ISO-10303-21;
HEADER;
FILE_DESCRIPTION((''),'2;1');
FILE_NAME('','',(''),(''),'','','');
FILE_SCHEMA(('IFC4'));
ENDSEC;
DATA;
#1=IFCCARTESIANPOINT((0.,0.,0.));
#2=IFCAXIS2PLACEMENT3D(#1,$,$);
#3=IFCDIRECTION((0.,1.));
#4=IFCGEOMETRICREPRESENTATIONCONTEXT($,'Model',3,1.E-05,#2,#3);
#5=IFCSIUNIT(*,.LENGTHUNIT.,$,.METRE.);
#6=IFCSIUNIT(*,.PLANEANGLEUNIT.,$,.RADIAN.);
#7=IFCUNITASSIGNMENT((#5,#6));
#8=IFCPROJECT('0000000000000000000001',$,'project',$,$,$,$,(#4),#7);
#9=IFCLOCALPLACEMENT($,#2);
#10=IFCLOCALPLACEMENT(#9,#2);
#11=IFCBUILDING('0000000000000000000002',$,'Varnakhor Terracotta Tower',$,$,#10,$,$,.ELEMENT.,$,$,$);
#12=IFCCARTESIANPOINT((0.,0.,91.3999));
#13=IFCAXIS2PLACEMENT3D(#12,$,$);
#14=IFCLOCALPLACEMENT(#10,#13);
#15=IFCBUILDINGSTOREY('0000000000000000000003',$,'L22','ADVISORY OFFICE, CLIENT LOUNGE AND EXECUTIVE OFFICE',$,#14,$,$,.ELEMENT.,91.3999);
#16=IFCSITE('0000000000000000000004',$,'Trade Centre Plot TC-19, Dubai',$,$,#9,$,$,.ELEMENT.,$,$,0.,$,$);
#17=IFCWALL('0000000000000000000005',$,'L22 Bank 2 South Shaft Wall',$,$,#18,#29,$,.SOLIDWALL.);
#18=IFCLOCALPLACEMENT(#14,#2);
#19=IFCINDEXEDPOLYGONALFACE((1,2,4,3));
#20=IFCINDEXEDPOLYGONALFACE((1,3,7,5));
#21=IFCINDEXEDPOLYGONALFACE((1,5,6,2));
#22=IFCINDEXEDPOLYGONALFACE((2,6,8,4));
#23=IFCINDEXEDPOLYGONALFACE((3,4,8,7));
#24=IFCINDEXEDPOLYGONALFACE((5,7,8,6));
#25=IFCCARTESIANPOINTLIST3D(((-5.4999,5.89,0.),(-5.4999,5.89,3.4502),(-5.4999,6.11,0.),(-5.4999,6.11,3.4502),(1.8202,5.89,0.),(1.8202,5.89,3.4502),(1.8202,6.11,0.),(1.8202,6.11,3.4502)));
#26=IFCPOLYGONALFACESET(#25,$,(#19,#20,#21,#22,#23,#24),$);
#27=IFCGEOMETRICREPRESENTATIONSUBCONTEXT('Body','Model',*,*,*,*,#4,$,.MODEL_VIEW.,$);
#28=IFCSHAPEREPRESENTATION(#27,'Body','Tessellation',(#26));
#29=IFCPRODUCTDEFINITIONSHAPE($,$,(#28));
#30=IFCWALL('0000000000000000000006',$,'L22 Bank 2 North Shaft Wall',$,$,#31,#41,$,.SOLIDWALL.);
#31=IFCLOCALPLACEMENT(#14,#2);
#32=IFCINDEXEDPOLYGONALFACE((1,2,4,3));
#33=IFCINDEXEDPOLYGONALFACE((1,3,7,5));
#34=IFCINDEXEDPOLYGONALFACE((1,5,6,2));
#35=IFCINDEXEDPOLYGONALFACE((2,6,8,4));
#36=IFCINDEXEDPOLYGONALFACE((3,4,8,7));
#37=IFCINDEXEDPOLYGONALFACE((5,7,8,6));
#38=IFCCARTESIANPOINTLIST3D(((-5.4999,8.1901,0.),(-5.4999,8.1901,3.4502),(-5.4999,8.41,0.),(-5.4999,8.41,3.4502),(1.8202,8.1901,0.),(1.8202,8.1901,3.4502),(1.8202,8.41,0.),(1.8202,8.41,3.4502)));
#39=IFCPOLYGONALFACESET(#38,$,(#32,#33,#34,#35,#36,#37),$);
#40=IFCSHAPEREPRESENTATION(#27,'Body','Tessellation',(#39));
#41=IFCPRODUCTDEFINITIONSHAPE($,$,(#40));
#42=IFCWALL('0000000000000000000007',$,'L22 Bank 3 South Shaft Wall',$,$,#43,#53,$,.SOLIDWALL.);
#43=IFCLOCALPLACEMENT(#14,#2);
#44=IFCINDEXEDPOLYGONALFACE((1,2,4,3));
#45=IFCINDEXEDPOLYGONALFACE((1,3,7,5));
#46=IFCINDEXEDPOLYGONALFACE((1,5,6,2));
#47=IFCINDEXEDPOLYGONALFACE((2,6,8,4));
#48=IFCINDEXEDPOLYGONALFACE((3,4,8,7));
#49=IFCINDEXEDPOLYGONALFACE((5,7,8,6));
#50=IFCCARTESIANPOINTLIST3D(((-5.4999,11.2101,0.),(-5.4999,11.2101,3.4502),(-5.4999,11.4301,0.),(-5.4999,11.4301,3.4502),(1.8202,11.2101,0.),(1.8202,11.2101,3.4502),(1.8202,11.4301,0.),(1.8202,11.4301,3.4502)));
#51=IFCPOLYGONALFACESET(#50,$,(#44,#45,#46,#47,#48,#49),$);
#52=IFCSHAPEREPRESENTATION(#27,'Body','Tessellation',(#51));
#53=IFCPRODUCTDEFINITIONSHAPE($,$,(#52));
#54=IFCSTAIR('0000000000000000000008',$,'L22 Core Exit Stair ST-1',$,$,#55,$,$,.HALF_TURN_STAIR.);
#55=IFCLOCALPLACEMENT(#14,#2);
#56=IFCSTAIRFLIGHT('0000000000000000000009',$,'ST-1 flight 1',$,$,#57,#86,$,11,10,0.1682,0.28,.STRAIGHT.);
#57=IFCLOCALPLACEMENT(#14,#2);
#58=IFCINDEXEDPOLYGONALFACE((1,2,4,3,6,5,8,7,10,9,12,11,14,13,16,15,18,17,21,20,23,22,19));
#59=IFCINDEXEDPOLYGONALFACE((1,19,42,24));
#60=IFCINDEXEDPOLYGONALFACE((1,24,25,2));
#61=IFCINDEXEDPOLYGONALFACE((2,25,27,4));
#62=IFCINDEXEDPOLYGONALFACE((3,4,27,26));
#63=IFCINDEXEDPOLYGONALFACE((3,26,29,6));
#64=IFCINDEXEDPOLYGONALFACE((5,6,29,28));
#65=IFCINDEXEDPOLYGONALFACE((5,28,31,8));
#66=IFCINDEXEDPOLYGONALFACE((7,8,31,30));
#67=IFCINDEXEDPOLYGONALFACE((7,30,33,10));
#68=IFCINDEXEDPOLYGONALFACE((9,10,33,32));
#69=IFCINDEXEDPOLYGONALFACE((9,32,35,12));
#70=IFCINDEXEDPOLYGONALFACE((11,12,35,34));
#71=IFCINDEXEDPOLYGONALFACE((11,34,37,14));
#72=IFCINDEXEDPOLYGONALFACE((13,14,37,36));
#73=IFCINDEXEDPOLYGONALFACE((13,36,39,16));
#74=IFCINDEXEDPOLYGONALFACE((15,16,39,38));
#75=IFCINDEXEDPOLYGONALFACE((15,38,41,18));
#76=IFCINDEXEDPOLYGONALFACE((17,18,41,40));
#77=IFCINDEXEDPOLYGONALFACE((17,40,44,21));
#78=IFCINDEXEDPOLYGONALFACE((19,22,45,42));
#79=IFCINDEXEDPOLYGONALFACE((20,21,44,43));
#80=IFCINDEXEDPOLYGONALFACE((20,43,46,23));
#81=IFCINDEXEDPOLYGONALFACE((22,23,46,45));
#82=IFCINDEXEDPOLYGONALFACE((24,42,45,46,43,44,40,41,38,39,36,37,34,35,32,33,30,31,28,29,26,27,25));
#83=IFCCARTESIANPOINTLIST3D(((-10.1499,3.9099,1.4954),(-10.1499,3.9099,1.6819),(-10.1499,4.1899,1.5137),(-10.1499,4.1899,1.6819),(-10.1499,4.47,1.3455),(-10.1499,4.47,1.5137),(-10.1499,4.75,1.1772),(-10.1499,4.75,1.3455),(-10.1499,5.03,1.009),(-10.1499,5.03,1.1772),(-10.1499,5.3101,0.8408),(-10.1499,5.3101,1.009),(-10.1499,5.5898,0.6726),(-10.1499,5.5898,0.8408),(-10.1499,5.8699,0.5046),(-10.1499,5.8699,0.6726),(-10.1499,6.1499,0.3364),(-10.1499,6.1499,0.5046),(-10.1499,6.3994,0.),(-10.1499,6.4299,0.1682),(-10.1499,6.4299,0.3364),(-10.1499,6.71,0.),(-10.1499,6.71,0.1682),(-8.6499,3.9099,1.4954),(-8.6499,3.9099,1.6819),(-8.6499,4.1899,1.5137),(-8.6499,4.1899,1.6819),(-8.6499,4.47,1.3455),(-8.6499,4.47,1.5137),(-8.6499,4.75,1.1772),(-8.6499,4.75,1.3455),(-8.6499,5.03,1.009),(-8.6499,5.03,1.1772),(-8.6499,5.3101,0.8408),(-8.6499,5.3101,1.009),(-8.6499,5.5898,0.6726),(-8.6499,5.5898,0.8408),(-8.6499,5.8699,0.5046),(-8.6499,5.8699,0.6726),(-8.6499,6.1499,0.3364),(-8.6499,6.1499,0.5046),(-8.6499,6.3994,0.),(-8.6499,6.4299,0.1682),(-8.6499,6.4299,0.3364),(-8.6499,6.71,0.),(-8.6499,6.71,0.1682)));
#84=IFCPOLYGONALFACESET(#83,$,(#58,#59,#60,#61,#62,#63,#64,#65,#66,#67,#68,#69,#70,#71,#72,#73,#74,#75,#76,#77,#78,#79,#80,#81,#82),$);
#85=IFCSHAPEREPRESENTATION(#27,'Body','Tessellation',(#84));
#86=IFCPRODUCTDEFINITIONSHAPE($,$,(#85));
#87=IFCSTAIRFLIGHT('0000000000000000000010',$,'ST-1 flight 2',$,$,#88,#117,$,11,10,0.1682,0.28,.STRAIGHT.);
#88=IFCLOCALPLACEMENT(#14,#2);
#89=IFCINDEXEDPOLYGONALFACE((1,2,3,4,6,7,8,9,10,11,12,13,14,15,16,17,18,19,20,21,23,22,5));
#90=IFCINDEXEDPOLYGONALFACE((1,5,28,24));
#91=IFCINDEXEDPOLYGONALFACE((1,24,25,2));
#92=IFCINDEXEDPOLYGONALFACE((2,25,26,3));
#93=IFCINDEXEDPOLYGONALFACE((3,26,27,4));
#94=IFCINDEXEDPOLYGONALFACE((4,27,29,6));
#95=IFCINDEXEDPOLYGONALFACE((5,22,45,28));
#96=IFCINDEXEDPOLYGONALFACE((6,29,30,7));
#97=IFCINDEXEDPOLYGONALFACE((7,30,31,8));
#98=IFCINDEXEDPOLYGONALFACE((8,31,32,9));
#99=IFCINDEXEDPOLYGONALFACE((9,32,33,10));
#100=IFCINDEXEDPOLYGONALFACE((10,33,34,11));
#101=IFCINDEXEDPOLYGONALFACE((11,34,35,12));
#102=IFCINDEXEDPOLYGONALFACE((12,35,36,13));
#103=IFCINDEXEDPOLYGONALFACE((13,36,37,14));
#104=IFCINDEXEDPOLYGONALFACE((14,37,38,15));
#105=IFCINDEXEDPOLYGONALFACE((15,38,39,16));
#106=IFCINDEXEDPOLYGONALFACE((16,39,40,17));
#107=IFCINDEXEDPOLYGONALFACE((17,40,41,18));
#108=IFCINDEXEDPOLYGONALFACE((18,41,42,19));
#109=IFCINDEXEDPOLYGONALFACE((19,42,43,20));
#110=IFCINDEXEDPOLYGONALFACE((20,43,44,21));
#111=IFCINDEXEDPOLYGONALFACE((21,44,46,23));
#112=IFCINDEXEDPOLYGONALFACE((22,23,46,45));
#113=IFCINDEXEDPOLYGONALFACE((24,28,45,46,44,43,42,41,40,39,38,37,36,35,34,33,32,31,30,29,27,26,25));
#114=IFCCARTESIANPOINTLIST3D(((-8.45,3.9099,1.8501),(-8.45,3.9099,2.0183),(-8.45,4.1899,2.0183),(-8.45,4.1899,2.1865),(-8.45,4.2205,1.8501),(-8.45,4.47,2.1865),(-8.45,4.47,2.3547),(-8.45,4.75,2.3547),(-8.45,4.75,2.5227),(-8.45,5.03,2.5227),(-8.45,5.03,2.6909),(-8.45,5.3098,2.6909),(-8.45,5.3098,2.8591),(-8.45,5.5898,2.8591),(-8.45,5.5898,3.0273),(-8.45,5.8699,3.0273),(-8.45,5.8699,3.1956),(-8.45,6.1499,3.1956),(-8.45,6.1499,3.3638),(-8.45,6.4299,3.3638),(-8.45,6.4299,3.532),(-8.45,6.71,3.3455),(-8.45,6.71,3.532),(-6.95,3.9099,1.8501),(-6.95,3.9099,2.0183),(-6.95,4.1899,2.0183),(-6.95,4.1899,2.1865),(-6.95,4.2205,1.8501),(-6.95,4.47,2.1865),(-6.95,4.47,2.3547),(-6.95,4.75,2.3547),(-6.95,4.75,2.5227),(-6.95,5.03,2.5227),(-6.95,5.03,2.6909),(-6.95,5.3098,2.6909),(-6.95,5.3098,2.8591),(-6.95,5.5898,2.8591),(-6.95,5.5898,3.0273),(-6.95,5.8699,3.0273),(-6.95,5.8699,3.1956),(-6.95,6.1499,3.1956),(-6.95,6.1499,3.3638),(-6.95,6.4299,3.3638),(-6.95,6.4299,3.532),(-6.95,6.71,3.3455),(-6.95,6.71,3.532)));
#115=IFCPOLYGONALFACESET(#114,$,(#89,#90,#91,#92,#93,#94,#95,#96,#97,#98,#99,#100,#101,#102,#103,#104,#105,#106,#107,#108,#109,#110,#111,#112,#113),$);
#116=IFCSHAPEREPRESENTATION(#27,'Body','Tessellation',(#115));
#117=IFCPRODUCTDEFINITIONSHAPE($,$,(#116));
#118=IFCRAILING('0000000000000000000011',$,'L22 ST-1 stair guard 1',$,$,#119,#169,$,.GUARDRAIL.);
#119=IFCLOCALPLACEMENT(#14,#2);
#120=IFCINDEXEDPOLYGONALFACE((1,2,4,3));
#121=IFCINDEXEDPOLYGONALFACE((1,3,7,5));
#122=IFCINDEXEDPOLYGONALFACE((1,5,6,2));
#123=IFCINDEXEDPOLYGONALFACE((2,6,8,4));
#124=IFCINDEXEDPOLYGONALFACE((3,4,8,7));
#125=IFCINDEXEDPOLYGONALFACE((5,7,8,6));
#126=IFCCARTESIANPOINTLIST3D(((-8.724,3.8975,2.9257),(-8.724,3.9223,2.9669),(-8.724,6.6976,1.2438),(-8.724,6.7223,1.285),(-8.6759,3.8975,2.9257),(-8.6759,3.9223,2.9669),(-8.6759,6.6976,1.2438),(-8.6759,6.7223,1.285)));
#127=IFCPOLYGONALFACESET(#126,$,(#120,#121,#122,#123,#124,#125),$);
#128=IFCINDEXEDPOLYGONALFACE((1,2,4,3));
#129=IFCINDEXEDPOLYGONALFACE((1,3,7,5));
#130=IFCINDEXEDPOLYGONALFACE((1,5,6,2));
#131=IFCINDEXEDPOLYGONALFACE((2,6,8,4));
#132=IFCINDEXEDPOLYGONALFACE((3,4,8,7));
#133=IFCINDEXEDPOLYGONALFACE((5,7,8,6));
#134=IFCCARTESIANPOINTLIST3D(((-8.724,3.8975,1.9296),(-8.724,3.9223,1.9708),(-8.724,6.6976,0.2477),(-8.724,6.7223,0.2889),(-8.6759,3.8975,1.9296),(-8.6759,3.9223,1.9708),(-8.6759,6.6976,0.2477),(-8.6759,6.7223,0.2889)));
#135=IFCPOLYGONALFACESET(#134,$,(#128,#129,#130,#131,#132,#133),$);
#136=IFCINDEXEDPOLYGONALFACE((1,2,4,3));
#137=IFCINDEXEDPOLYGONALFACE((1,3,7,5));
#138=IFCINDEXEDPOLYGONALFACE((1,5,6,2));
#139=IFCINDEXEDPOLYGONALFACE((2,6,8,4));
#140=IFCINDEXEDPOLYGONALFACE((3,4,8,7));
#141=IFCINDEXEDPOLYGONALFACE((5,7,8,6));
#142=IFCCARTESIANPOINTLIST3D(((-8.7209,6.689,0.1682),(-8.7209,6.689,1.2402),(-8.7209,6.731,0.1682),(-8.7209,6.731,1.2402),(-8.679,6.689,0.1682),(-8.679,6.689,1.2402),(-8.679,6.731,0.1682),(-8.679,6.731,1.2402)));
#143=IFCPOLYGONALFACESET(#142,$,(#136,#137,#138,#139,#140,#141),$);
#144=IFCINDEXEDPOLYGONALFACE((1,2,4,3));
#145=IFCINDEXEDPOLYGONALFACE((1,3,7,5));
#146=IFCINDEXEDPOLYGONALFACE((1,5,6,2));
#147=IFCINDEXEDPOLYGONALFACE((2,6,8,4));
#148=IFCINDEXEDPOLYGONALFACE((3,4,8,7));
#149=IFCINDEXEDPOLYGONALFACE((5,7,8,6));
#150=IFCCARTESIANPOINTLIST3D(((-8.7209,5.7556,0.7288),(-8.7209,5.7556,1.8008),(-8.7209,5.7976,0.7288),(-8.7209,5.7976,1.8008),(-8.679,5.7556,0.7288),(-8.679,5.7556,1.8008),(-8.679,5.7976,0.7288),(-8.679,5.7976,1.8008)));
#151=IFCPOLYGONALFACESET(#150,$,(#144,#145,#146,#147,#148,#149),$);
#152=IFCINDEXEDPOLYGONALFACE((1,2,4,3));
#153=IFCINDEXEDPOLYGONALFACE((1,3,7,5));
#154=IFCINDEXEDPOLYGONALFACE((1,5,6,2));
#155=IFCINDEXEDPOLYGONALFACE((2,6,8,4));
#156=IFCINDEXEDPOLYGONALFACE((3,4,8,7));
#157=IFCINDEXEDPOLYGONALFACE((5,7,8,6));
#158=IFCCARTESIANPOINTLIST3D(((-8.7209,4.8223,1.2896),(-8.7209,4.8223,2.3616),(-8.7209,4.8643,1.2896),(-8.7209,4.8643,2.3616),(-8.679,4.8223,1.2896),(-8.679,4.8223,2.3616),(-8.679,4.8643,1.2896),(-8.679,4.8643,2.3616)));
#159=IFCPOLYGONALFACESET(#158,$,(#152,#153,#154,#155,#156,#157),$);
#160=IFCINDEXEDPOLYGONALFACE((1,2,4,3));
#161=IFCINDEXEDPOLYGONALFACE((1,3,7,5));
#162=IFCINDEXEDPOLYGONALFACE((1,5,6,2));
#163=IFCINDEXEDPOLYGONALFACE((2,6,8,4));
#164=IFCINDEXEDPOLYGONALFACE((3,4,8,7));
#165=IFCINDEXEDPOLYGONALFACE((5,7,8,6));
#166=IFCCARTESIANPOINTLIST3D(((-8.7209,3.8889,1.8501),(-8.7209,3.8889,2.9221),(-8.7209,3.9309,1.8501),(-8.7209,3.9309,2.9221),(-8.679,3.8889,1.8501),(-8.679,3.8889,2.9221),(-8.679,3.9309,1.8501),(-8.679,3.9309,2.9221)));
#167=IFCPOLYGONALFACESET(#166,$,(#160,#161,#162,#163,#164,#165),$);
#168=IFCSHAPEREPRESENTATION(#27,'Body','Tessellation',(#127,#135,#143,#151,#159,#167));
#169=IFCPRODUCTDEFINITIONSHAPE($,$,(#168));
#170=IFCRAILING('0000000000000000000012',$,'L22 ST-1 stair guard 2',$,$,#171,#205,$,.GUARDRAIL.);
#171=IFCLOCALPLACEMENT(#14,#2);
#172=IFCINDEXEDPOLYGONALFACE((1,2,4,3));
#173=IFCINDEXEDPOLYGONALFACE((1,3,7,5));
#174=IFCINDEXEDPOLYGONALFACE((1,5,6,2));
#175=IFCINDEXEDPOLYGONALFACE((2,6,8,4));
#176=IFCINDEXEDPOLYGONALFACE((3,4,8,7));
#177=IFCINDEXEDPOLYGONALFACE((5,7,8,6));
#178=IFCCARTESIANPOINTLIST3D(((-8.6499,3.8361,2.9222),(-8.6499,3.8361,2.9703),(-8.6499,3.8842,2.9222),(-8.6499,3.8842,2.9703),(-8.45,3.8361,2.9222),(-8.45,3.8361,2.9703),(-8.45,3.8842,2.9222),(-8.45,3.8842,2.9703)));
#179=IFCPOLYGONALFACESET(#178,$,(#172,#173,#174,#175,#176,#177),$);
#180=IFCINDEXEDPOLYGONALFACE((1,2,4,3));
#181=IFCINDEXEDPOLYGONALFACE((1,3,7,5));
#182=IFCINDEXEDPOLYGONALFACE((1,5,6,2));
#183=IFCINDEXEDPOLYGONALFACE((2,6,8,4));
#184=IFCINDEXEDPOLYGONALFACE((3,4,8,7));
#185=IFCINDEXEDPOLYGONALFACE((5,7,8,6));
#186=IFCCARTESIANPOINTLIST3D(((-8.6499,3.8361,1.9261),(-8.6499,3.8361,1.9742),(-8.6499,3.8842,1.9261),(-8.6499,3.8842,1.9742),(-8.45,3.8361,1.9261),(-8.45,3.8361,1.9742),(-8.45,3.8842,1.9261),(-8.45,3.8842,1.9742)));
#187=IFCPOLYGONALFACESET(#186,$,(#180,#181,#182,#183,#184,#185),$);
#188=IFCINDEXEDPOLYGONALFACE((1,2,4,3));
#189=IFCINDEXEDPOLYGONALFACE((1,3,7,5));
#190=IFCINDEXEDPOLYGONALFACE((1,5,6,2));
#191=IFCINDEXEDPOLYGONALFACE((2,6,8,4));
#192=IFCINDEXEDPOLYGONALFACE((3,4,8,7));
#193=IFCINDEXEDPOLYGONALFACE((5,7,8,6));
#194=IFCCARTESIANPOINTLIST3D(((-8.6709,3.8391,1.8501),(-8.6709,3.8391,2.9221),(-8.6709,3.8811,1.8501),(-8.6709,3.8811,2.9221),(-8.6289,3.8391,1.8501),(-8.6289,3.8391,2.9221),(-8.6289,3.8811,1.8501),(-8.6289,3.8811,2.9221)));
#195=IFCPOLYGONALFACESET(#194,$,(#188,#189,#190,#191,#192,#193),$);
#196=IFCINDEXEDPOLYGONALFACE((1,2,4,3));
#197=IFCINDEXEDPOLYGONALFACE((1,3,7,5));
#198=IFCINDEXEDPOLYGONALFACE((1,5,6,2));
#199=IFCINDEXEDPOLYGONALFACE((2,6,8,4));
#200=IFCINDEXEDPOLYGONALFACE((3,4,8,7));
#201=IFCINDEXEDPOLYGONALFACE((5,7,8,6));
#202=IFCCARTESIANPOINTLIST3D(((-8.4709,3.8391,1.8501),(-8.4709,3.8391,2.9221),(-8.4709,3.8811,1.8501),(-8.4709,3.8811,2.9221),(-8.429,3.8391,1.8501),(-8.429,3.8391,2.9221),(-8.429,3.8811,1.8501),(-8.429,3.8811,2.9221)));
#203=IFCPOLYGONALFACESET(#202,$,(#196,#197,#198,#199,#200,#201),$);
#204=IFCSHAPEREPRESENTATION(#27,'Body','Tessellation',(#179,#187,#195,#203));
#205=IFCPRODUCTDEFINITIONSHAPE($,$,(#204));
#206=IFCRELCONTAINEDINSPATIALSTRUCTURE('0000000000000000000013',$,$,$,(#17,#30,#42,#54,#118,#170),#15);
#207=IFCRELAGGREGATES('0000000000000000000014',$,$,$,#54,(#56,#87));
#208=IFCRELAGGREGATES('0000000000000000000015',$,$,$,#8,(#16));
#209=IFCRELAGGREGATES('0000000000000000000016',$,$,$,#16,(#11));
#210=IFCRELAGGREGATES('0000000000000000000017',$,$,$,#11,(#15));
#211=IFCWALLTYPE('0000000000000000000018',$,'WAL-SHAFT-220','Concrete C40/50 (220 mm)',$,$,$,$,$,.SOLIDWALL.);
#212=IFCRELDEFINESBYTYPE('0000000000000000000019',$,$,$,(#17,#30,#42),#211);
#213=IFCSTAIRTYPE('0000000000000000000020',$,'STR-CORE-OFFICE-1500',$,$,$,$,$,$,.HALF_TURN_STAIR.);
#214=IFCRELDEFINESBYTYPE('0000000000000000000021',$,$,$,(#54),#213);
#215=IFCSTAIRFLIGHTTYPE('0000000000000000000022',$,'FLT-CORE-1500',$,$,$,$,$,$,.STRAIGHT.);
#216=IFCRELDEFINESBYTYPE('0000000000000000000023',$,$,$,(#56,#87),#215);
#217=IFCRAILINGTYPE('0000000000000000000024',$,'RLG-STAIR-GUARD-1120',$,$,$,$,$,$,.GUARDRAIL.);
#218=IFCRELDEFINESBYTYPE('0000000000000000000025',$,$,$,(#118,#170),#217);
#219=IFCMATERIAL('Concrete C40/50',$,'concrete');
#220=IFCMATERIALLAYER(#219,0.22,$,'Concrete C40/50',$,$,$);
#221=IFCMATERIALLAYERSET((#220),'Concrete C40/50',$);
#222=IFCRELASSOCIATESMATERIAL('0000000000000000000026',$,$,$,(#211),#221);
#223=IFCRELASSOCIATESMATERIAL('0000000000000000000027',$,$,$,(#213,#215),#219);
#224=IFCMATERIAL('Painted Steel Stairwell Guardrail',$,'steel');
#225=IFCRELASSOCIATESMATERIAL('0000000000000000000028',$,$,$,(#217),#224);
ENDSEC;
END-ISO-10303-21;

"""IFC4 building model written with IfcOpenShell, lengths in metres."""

from ifc_helpers import new_model, si_unit, direction, frame, frame_2d, origin, origin_2d, place, context, subcontext, project, spatial, polyline, rectangle, outline, extrude, material, layer, layer_set, type_object, element, aggregate, save


model = new_model("IFC4")

# Units and contexts
model_context = context("Model", 3, precision=1e-05, world=origin(), true_north=direction((0.0, 1.0)))
body_context = subcontext(model_context, "Body", "Model", "MODEL_VIEW")
ifc_project = project(units=[si_unit("LENGTHUNIT", "METRE"), si_unit("PLANEANGLEUNIT", "RADIAN")], contexts=[model_context])

# Site, building, storey
site_placement = place(None, origin())
site = spatial("IfcSite", under=ifc_project, at=site_placement, Name="Trade Centre Plot TC-19, Dubai", CompositionType="ELEMENT", RefElevation=0.0)
building_placement = place(site_placement, origin())
building = spatial("IfcBuilding", under=site, at=building_placement, Name="Varnakhor Terracotta Tower", CompositionType="ELEMENT")
storey_placement = place(building_placement, frame((0.0, 0.0, 91.3999)))
storey = spatial("IfcBuildingStorey", under=building, at=storey_placement, Name="L22", Description="ADVISORY OFFICE, CLIENT LOUNGE AND EXECUTIVE OFFICE", CompositionType="ELEMENT", Elevation=91.3999)

# Shared definitions
ifc_material_1 = material(Name="Concrete C40/50", Category="concrete")

# Shared definitions
ifc_layer_1 = layer(ifc_material_1, 0.22, Name="Concrete C40/50")
ifc_layer_set_1 = layer_set([ifc_layer_1], Name="Concrete C40/50")
wall_type_1 = type_object("IfcWallType", Name="WAL-SHAFT-220", Description="Concrete C40/50 (220 mm)", PredefinedType="SOLIDWALL", material=ifc_layer_set_1)

# Walls
for number, where, z_axis, x_axis, name in (
    (1, (-5.5, 6.0, 0.0), (0.0, 0.0, 1.0), (1.0, 0.0, 0.0), "L22 Bank 2 South Shaft Wall"),
    (2, (-5.5, 8.3, 0.0), (0.0, 0.0, 1.0), (1.0, 0.0, 0.0), "L22 Bank 2 North Shaft Wall"),
    (3, (-5.5, 11.3201, 0.0), (0.0, 0.0, 1.0), (1.0, 0.0, 0.0), "L22 Bank 3 South Shaft Wall"),
):
    element("IfcWall", number, at=place(storey_placement, frame(where, z_axis=z_axis, x_axis=x_axis)), inside=storey, type_object=wall_type_1, Name=name, PredefinedType="SOLIDWALL", context=body_context, shape_type="SweptSolid", body=[
        extrude(rectangle(XDim=7.3201, YDim=0.22, at=frame_2d((3.6602, 0.0))), origin(), (0.0, 0.0, 1.0), 3.4502),
    ])

# Stair, stair flights
stair_type = type_object("IfcStairType", Name="STR-CORE-OFFICE-1500", PredefinedType="HALF_TURN_STAIR", material=ifc_material_1)
stair_placement = place(storey_placement, origin())
stair = element("IfcStair", 4, at=stair_placement, inside=storey, type_object=stair_type, Name="L22 Core Exit Stair ST-1", PredefinedType="HALF_TURN_STAIR")
stair_flight_type = type_object("IfcStairFlightType", Name="FLT-CORE-1500", PredefinedType="STRAIGHT", material=ifc_material_1)
stair_flight_1_placement = place(storey_placement, frame((-9.3999, 6.71, 0.0), z_axis=(0.0, 0.0, 1.0), x_axis=(0.0, -1.0, 0.0)))
stair_flight_1 = element("IfcStairFlight", 5, at=stair_flight_1_placement, type_object=stair_flight_type, Name="ST-1 flight 1", NumberOfRisers=11, NumberOfTreads=10, PredefinedType="STRAIGHT", RiserHeight=0.1682, TreadLength=0.28, context=body_context, shape_type="SweptSolid", body=[
    extrude(outline(polyline([(0.0, 0.0), (0.0, 0.1682), (0.28, 0.1682), (0.28, 0.3364), (0.5601, 0.3364), (0.5601, 0.5046), (0.8401, 0.5046), (0.8401, 0.6726), (1.1201, 0.6726), (1.1201, 0.8408), (1.3999, 0.8408), (1.3999, 1.009), (1.6799, 1.009), (1.6799, 1.1772), (1.96, 1.1772), (1.96, 1.3455), (2.24, 1.3455), (2.24, 1.5137), (2.52, 1.5137), (2.52, 1.6819), (2.8, 1.6819), (2.8, 1.8501), (2.8, 1.4954), (0.3105, 0.0), (0.0, 0.0)])), frame((0.0, 0.75, 0.0), z_axis=(0.0, -1.0, 0.0), x_axis=(1.0, 0.0, 0.0)), (0.0, 0.0, 1.0), 1.5),
])
stair_flight_2_placement = place(storey_placement, frame((-7.7, 3.9099, 1.8501), z_axis=(0.0, 0.0, 1.0), x_axis=(0.0, 1.0, 0.0)))
stair_flight_2 = element("IfcStairFlight", 6, at=stair_flight_2_placement, type_object=stair_flight_type, Name="ST-1 flight 2", NumberOfRisers=11, NumberOfTreads=10, PredefinedType="STRAIGHT", RiserHeight=0.1682, TreadLength=0.28, context=body_context, shape_type="SweptSolid", body=[
    extrude(outline(polyline([(0.0, 0.0), (0.0, 0.1682), (0.28, 0.1682), (0.28, 0.3364), (0.5601, 0.3364), (0.5601, 0.5046), (0.8401, 0.5046), (0.8401, 0.6726), (1.1201, 0.6726), (1.1201, 0.8408), (1.3999, 0.8408), (1.3999, 1.009), (1.6799, 1.009), (1.6799, 1.1772), (1.96, 1.1772), (1.96, 1.3455), (2.24, 1.3455), (2.24, 1.5137), (2.52, 1.5137), (2.52, 1.6819), (2.8, 1.6819), (2.8, 1.8501), (2.8, 1.4954), (0.3105, 0.0), (0.0, 0.0)])), frame((0.0, 0.75, 0.0), z_axis=(0.0, -1.0, 0.0), x_axis=(1.0, 0.0, 0.0)), (0.0, 0.0, 1.0), 1.5),
])
aggregate(stair, [stair_flight_1, stair_flight_2])

# Railings
ifc_material_2 = material(Name="Painted Steel Stairwell Guardrail", Category="steel")
railing_type_1 = type_object("IfcRailingType", Name="RLG-STAIR-GUARD-1120", PredefinedType="GUARDRAIL", material=ifc_material_2)
railing_1_placement = place(storey_placement, frame((-8.7, 6.71, 0.1682)))
element("IfcRailing", 7, at=railing_1_placement, inside=storey, type_object=railing_type_1, Name="L22 ST-1 stair guard 1", PredefinedType="GUARDRAIL", context=body_context, shape_type="SweptSolid", body=[
    extrude(rectangle(XDim=0.0481, YDim=0.0481, at=origin_2d()), frame((0.0, 0.0, 1.0962), z_axis=(0.0, -0.857242, 0.514913), x_axis=(1.0, 0.0, 0.0)), (0.0, 0.0, 1.0), 3.2664),
    extrude(rectangle(XDim=0.0481, YDim=0.0481, at=origin_2d()), frame((0.0, 0.0, 0.1001), z_axis=(0.0, -0.857242, 0.514913), x_axis=(1.0, 0.0, 0.0)), (0.0, 0.0, 1.0), 3.2664),
    extrude(rectangle(XDim=0.042, YDim=0.042, at=origin_2d()), origin(), (0.0, 0.0, 1.0), 1.072),
    extrude(rectangle(XDim=0.042, YDim=0.042, at=origin_2d()), frame((0.0, -0.9333, 0.5605)), (0.0, 0.0, 1.0), 1.072),
    extrude(rectangle(XDim=0.042, YDim=0.042, at=origin_2d()), frame((0.0, -1.8667, 1.1213)), (0.0, 0.0, 1.0), 1.072),
    extrude(rectangle(XDim=0.042, YDim=0.042, at=origin_2d()), frame((0.0, -2.8, 1.6819)), (0.0, 0.0, 1.0), 1.072),
])
railing_2_placement = place(storey_placement, frame((-8.6499, 3.8601, 1.8501)))
element("IfcRailing", 8, at=railing_2_placement, inside=storey, type_object=railing_type_1, Name="L22 ST-1 stair guard 2", PredefinedType="GUARDRAIL", context=body_context, shape_type="SweptSolid", body=[
    extrude(rectangle(XDim=0.0481, YDim=0.0481, at=origin_2d()), frame((0.0, 0.0, 1.0962), z_axis=(1.0, 0.0, 0.0), x_axis=(0.0, 1.0, 0.0)), (0.0, 0.0, 1.0), 0.2),
    extrude(rectangle(XDim=0.0481, YDim=0.0481, at=origin_2d()), frame((0.0, 0.0, 0.1001), z_axis=(1.0, 0.0, 0.0), x_axis=(0.0, 1.0, 0.0)), (0.0, 0.0, 1.0), 0.2),
    extrude(rectangle(XDim=0.042, YDim=0.042, at=origin_2d()), origin(), (0.0, 0.0, 1.0), 1.072),
    extrude(rectangle(XDim=0.042, YDim=0.042, at=origin_2d()), frame((0.2, 0.0, 0.0)), (0.0, 0.0, 1.0), 1.072),
])

save(model, "model.ifc")
